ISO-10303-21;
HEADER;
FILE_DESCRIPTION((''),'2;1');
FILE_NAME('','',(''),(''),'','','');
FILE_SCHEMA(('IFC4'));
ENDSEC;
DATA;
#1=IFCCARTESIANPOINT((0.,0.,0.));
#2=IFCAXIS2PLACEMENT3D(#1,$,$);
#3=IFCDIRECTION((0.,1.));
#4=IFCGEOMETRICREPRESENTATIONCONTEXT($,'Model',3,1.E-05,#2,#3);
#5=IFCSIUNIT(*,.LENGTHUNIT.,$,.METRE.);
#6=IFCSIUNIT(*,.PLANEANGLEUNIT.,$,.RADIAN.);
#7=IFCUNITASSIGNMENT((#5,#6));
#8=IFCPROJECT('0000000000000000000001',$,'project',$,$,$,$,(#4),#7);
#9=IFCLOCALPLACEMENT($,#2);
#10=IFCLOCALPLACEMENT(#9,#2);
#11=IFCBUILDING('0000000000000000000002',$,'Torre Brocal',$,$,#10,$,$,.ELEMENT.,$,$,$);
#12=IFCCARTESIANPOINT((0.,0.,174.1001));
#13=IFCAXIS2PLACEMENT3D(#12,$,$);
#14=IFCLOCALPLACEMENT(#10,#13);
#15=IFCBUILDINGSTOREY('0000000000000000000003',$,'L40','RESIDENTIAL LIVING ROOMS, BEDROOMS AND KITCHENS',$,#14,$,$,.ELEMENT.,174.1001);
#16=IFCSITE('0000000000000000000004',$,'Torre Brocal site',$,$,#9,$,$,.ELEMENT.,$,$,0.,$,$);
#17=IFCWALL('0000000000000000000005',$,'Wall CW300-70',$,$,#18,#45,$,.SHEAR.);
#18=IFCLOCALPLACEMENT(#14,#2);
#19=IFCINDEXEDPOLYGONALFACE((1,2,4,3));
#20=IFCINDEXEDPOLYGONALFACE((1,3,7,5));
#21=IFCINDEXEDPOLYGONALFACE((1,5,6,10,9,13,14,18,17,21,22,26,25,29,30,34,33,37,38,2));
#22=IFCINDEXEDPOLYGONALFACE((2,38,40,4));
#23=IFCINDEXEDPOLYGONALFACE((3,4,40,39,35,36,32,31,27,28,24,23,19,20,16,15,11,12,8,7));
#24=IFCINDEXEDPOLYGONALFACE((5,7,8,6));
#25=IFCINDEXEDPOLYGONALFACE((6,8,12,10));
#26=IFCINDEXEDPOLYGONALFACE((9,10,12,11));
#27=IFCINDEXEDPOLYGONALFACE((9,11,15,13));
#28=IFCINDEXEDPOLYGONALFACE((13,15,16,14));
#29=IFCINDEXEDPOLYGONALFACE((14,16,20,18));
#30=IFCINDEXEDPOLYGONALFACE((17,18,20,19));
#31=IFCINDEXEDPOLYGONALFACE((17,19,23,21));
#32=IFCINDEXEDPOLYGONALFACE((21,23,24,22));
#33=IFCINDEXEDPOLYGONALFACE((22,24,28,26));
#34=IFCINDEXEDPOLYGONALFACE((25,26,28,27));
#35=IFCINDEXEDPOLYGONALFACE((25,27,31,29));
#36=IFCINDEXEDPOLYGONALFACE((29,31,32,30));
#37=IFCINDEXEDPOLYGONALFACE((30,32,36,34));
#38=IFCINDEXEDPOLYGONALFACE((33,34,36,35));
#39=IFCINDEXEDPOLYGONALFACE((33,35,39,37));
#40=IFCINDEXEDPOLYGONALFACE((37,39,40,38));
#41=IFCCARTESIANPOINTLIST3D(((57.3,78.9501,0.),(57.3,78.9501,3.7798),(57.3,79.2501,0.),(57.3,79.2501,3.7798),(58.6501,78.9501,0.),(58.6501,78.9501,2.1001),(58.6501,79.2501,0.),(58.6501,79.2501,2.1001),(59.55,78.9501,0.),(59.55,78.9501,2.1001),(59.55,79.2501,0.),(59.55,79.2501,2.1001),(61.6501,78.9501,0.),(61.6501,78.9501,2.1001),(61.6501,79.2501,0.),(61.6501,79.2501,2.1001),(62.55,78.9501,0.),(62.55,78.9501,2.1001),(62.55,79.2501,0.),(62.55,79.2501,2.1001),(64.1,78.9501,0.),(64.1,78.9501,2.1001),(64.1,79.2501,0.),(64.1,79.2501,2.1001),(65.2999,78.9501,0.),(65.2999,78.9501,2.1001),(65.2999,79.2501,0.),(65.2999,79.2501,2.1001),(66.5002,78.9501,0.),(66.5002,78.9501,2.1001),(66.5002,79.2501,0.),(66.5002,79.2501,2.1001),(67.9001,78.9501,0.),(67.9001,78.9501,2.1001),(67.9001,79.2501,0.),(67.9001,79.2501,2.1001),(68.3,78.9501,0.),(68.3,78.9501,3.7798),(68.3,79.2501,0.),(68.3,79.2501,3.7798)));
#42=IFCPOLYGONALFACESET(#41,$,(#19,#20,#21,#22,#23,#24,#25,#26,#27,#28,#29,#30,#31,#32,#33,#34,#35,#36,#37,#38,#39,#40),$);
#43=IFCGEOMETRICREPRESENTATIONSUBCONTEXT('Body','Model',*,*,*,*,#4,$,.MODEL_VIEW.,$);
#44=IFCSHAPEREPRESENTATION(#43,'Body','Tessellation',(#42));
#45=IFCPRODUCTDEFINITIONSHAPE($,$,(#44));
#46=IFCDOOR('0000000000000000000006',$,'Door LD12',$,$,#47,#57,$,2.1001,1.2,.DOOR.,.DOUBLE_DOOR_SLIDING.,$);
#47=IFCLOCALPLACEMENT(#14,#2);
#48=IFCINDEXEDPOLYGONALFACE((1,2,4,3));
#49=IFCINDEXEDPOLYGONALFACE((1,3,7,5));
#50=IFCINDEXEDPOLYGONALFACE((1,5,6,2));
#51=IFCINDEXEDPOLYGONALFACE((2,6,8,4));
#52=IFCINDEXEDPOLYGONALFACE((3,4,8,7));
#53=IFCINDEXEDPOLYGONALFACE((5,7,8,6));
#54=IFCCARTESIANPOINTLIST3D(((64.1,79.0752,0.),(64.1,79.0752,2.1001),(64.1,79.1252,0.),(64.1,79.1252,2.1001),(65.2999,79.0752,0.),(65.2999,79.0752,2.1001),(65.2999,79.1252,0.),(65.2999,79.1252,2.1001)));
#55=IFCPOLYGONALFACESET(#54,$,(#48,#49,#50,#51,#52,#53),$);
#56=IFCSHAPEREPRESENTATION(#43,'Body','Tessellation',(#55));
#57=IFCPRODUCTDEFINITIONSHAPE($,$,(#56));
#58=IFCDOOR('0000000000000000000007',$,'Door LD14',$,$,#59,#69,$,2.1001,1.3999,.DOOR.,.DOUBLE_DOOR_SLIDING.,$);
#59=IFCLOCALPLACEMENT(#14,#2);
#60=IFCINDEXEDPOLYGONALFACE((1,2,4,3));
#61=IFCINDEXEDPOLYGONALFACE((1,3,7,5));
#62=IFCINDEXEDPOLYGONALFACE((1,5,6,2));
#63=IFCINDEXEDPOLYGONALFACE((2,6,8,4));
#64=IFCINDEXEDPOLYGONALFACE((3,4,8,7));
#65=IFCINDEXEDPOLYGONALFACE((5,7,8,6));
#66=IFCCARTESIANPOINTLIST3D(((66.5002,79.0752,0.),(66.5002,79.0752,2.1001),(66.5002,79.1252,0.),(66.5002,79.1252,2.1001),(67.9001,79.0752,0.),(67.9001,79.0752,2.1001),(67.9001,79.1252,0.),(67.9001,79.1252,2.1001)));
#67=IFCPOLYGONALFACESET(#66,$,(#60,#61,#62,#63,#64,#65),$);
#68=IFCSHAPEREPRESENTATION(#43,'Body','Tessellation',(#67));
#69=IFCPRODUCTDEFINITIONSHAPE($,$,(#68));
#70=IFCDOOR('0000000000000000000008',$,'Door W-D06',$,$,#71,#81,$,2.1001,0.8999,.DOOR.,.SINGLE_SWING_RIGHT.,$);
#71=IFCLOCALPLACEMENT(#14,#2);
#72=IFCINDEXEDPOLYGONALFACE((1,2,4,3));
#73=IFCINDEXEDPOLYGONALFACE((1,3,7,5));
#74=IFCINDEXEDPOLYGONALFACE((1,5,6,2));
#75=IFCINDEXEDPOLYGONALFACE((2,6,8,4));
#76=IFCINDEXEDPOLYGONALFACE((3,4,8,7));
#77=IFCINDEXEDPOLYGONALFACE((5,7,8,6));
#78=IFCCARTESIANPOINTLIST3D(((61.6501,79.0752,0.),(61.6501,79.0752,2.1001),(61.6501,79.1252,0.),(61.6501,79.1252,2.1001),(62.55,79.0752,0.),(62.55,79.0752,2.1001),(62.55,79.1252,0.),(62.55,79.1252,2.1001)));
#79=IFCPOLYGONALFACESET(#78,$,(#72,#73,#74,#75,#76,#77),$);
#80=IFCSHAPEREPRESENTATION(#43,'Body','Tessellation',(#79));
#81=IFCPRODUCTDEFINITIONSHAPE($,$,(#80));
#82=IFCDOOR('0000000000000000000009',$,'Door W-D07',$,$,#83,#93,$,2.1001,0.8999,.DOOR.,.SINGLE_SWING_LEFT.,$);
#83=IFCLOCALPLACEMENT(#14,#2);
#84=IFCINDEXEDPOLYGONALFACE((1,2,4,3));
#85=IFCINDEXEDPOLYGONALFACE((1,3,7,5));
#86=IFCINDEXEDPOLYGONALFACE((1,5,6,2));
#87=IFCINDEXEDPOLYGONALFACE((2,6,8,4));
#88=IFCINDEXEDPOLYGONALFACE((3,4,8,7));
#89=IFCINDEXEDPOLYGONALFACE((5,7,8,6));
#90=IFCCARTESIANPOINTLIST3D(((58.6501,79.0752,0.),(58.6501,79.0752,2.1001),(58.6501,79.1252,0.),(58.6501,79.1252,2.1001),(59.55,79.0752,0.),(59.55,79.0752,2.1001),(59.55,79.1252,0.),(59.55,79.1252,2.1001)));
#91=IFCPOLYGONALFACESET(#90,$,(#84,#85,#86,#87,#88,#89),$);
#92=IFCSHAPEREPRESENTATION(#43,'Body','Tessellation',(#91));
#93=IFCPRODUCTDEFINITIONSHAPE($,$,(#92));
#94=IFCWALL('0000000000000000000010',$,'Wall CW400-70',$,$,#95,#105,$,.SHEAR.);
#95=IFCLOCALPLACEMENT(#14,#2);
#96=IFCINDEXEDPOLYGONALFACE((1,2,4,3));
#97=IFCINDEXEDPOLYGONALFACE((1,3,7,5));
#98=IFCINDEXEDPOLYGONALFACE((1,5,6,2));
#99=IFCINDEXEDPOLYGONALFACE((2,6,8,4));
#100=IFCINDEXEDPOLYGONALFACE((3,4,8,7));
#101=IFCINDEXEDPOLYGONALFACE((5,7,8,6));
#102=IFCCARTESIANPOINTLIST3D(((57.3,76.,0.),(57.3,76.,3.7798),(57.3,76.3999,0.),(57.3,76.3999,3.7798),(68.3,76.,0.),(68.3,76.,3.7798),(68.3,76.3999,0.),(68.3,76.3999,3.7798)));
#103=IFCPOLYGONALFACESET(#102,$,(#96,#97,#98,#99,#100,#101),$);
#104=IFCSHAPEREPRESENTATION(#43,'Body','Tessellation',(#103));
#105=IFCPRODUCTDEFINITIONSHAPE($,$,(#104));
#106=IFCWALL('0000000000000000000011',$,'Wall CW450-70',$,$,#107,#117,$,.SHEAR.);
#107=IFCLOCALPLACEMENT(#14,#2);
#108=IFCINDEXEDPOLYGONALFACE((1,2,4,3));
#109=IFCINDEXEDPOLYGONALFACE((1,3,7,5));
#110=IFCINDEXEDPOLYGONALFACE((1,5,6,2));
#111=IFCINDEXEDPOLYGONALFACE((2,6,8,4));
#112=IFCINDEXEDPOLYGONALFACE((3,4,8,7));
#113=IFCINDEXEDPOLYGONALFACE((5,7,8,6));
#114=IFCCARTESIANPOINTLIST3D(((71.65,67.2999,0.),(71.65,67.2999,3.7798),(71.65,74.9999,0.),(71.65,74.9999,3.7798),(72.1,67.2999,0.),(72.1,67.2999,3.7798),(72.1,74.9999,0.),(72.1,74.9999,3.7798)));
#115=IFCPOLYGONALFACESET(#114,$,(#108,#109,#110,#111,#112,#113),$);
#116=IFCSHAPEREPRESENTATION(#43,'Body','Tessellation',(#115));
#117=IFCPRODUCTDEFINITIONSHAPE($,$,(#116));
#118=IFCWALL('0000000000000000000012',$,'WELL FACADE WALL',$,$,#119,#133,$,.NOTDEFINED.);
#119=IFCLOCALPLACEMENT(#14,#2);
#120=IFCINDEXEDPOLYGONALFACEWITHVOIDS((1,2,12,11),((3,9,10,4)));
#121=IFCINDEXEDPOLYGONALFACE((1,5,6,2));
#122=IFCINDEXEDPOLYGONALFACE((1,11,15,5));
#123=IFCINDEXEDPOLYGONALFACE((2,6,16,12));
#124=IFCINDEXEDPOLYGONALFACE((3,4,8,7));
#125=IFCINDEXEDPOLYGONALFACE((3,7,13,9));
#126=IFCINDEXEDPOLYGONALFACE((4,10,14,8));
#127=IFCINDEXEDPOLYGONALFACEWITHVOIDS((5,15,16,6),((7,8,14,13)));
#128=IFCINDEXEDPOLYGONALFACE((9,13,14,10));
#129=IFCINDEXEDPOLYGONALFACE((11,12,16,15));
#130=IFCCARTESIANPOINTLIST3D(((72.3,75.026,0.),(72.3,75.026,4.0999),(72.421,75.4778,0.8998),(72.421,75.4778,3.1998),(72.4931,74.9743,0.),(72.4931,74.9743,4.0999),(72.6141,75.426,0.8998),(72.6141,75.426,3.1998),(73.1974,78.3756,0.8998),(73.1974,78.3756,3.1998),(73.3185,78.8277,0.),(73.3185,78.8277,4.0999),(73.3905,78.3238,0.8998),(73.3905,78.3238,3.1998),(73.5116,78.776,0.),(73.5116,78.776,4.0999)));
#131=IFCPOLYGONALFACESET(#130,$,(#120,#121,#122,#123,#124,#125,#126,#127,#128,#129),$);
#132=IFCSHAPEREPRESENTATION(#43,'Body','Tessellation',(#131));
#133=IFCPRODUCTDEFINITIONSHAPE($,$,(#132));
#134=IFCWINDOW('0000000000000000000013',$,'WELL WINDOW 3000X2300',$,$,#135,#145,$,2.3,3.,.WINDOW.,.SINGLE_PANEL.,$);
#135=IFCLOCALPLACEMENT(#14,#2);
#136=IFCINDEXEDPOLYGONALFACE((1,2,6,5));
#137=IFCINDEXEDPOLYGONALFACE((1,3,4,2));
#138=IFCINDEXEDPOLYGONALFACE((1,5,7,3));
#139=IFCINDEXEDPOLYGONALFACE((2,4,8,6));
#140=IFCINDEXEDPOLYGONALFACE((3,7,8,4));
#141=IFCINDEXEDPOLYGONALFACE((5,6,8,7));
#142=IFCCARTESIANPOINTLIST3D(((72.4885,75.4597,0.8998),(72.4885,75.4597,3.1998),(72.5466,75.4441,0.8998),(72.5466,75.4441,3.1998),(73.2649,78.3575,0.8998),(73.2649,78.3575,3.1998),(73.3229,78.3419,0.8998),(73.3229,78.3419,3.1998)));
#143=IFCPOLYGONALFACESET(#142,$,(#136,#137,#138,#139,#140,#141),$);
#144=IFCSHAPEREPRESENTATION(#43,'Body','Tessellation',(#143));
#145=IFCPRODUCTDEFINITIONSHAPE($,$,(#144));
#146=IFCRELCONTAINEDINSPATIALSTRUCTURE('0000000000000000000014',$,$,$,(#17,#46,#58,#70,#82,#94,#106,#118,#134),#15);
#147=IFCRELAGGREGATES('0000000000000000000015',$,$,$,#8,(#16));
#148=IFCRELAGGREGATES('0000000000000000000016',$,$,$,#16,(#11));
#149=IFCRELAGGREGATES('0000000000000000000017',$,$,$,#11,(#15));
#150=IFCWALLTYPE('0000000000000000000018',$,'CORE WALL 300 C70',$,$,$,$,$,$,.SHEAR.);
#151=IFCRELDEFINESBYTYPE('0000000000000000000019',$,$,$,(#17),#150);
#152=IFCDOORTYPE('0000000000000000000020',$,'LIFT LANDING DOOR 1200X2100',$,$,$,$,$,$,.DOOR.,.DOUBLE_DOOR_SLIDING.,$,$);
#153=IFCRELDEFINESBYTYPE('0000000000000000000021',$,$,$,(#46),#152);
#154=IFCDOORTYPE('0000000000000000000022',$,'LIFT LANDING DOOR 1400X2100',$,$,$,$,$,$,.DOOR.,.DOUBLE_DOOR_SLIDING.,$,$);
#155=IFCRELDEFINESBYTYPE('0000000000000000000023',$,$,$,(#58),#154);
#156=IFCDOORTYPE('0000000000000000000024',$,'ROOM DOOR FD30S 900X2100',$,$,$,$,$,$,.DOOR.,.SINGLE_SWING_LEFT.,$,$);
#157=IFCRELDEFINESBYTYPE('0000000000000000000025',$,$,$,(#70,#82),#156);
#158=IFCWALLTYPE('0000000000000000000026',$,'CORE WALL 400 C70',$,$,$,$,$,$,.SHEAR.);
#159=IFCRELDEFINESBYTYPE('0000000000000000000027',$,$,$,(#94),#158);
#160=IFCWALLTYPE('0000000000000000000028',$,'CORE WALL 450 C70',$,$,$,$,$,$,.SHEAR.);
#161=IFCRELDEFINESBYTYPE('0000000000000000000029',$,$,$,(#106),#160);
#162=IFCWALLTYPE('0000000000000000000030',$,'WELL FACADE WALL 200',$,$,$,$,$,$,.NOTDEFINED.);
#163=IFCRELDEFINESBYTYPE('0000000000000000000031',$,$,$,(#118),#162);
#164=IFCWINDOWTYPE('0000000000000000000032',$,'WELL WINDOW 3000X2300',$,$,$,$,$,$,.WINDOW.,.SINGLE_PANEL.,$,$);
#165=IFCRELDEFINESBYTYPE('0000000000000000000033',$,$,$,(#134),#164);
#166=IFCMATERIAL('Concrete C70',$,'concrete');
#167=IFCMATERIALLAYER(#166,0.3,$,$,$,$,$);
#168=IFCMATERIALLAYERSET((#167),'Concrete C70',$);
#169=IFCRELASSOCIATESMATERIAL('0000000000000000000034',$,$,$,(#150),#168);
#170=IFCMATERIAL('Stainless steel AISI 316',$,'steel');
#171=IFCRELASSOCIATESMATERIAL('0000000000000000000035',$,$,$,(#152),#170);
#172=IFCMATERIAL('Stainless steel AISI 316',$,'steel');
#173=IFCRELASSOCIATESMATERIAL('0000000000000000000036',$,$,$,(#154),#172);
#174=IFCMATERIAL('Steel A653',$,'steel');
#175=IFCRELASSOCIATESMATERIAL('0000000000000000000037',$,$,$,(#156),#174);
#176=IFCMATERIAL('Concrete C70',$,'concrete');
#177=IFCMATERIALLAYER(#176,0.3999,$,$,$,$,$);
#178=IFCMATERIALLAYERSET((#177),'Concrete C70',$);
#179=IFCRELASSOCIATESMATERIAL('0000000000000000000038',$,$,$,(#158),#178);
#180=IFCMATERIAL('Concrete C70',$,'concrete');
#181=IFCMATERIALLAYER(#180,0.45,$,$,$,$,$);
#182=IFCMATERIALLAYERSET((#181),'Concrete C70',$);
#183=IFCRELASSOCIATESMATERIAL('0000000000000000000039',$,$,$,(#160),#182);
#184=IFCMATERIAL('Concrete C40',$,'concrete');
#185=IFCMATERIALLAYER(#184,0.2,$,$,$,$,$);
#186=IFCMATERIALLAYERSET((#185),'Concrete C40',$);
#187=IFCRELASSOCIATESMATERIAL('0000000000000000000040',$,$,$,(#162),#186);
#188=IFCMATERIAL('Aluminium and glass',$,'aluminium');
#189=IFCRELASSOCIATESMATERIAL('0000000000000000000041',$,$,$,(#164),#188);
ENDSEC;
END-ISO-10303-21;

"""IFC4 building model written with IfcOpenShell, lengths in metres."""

from ifc_helpers import new_model, si_unit, direction, frame, frame_2d, origin, place, context, subcontext, project, spatial, rectangle, extrude, material, layer, layer_set, type_object, element, fill, save


model = new_model("IFC4")

# Units and contexts
model_context = context("Model", 3, precision=1e-05, world=origin(), true_north=direction((0.0, 1.0)))
body_context = subcontext(model_context, "Body", "Model", "MODEL_VIEW")
ifc_project = project(units=[si_unit("LENGTHUNIT", "METRE"), si_unit("PLANEANGLEUNIT", "RADIAN")], contexts=[model_context])

# Site, building, storey
site_placement = place(None, origin())
site = spatial("IfcSite", under=ifc_project, at=site_placement, Name="Torre Brocal site", CompositionType="ELEMENT", RefElevation=0.0)
building_placement = place(site_placement, origin())
building = spatial("IfcBuilding", under=site, at=building_placement, Name="Torre Brocal", CompositionType="ELEMENT")
storey_placement = place(building_placement, frame((0.0, 0.0, 174.1001)))
storey = spatial("IfcBuildingStorey", under=building, at=storey_placement, Name="L40", Description="RESIDENTIAL LIVING ROOMS, BEDROOMS AND KITCHENS", CompositionType="ELEMENT", Elevation=174.1001)

# Shared definitions
ifc_material_1 = material(Name="Concrete C70", Category="concrete")
ifc_layer_1 = layer(ifc_material_1, 0.3)
ifc_layer_set_1 = layer_set([ifc_layer_1], Name="Concrete C70")
wall_type_1 = type_object("IfcWallType", Name="CORE WALL 300 C70", PredefinedType="SHEAR", material=ifc_layer_set_1)

# Wall, openings, doors
wall_1_placement = place(storey_placement, frame((68.3, 79.1001, 0.0), z_axis=(0.0, 0.0, 1.0), x_axis=(-1.0, 0.0, 0.0)))
wall_1 = element("IfcWall", 1, at=wall_1_placement, inside=storey, type_object=wall_type_1, Name="Wall CW300-70", PredefinedType="SHEAR", context=body_context, shape_type="SweptSolid", body=[
    extrude(rectangle(XDim=11.0, YDim=0.3, at=frame_2d((5.5, 0.0))), origin(), (0.0, 0.0, 1.0), 3.7798),
])
opening_1_placement = place(wall_1_placement, frame((0.3999, 0.0, 0.0)))
opening_1 = element("IfcOpeningElement", 2, at=opening_1_placement, cuts=wall_1, PredefinedType="OPENING", context=body_context, shape_type="SweptSolid", body=[
    extrude(rectangle(XDim=1.3999, YDim=2.1001, at=frame_2d((0.7, 1.05))), frame((0.0, 0.1599, 0.0), z_axis=(0.0, -1.0, 0.0), x_axis=(1.0, 0.0, 0.0)), (0.0, 0.0, 1.0), 0.3201),
])
opening_2_placement = place(wall_1_placement, frame((3.0, 0.0, 0.0)))
opening_2 = element("IfcOpeningElement", 3, at=opening_2_placement, cuts=wall_1, PredefinedType="OPENING", context=body_context, shape_type="SweptSolid", body=[
    extrude(rectangle(XDim=1.2, YDim=2.1001, at=frame_2d((0.6001, 1.05))), frame((0.0, 0.1599, 0.0), z_axis=(0.0, -1.0, 0.0), x_axis=(1.0, 0.0, 0.0)), (0.0, 0.0, 1.0), 0.3201),
])
opening_3_placement = place(wall_1_placement, frame((5.75, 0.0, 0.0)))
opening_3 = element("IfcOpeningElement", 4, at=opening_3_placement, cuts=wall_1, PredefinedType="OPENING", context=body_context, shape_type="SweptSolid", body=[
    extrude(rectangle(XDim=0.8999, YDim=2.1001, at=frame_2d((0.45, 1.05))), frame((0.0, 0.1599, 0.0), z_axis=(0.0, -1.0, 0.0), x_axis=(1.0, 0.0, 0.0)), (0.0, 0.0, 1.0), 0.3201),
])
opening_4_placement = place(wall_1_placement, frame((8.75, 0.0, 0.0)))
opening_4 = element("IfcOpeningElement", 5, at=opening_4_placement, cuts=wall_1, PredefinedType="OPENING", context=body_context, shape_type="SweptSolid", body=[
    extrude(rectangle(XDim=0.8999, YDim=2.1001, at=frame_2d((0.45, 1.05))), frame((0.0, 0.1599, 0.0), z_axis=(0.0, -1.0, 0.0), x_axis=(1.0, 0.0, 0.0)), (0.0, 0.0, 1.0), 0.3201),
])
ifc_material_2 = material(Name="Stainless steel AISI 316", Category="steel")
door_type_1 = type_object("IfcDoorType", Name="LIFT LANDING DOOR 1200X2100", OperationType="DOUBLE_DOOR_SLIDING", PredefinedType="DOOR", material=ifc_material_2)
door_1_placement = place(opening_2_placement, origin())
door_1 = element("IfcDoor", 6, at=door_1_placement, inside=storey, type_object=door_type_1, Name="Door LD12", OperationType="DOUBLE_DOOR_SLIDING", OverallHeight=2.1001, OverallWidth=1.2, PredefinedType="DOOR", context=body_context, shape_type="SweptSolid", body=[
    extrude(rectangle(XDim=1.2, YDim=2.1001, at=frame_2d((0.6001, 1.05))), frame((0.0, 0.0249, 0.0), z_axis=(0.0, -1.0, 0.0), x_axis=(1.0, 0.0, 0.0)), (0.0, 0.0, 1.0), 0.05),
])
fill(opening_2, door_1)
ifc_material_3 = material(Name="Stainless steel AISI 316", Category="steel")
door_type_2 = type_object("IfcDoorType", Name="LIFT LANDING DOOR 1400X2100", OperationType="DOUBLE_DOOR_SLIDING", PredefinedType="DOOR", material=ifc_material_3)
door_2_placement = place(opening_1_placement, origin())
door_2 = element("IfcDoor", 7, at=door_2_placement, inside=storey, type_object=door_type_2, Name="Door LD14", OperationType="DOUBLE_DOOR_SLIDING", OverallHeight=2.1001, OverallWidth=1.3999, PredefinedType="DOOR", context=body_context, shape_type="SweptSolid", body=[
    extrude(rectangle(XDim=1.3999, YDim=2.1001, at=frame_2d((0.7, 1.05))), frame((0.0, 0.0249, 0.0), z_axis=(0.0, -1.0, 0.0), x_axis=(1.0, 0.0, 0.0)), (0.0, 0.0, 1.0), 0.05),
])
fill(opening_1, door_2)
ifc_material_4 = material(Name="Steel A653", Category="steel")
door_type_3 = type_object("IfcDoorType", Name="ROOM DOOR FD30S 900X2100", OperationType="SINGLE_SWING_LEFT", PredefinedType="DOOR", material=ifc_material_4)
door_3_placement = place(opening_3_placement, origin())
door_3 = element("IfcDoor", 8, at=door_3_placement, inside=storey, type_object=door_type_3, Name="Door W-D06", OperationType="SINGLE_SWING_RIGHT", OverallHeight=2.1001, OverallWidth=0.8999, PredefinedType="DOOR", context=body_context, shape_type="SweptSolid", body=[
    extrude(rectangle(XDim=0.8999, YDim=2.1001, at=frame_2d((0.45, 1.05))), frame((0.0, 0.0249, 0.0), z_axis=(0.0, -1.0, 0.0), x_axis=(1.0, 0.0, 0.0)), (0.0, 0.0, 1.0), 0.05),
])
fill(opening_3, door_3)
door_4_placement = place(opening_4_placement, origin())
door_4 = element("IfcDoor", 9, at=door_4_placement, inside=storey, type_object=door_type_3, Name="Door W-D07", OperationType="SINGLE_SWING_LEFT", OverallHeight=2.1001, OverallWidth=0.8999, PredefinedType="DOOR", context=body_context, shape_type="SweptSolid", body=[
    extrude(rectangle(XDim=0.8999, YDim=2.1001, at=frame_2d((0.45, 1.05))), frame((0.0, 0.0249, 0.0), z_axis=(0.0, -1.0, 0.0), x_axis=(1.0, 0.0, 0.0)), (0.0, 0.0, 1.0), 0.05),
])
fill(opening_4, door_4)

# Walls
ifc_material_5 = material(Name="Concrete C70", Category="concrete")
ifc_layer_2 = layer(ifc_material_5, 0.3999)
ifc_layer_set_2 = layer_set([ifc_layer_2], Name="Concrete C70")
wall_type_2 = type_object("IfcWallType", Name="CORE WALL 400 C70", PredefinedType="SHEAR", material=ifc_layer_set_2)
wall_2_placement = place(storey_placement, frame((68.3, 76.2, 0.0), z_axis=(0.0, 0.0, 1.0), x_axis=(-1.0, 0.0, 0.0)))
element("IfcWall", 10, at=wall_2_placement, inside=storey, type_object=wall_type_2, Name="Wall CW400-70", PredefinedType="SHEAR", context=body_context, shape_type="SweptSolid", body=[
    extrude(rectangle(XDim=11.0, YDim=0.3999, at=frame_2d((5.5, 0.0))), origin(), (0.0, 0.0, 1.0), 3.7798),
])
ifc_material_6 = material(Name="Concrete C70", Category="concrete")
ifc_layer_3 = layer(ifc_material_6, 0.45)
ifc_layer_set_3 = layer_set([ifc_layer_3], Name="Concrete C70")
wall_type_3 = type_object("IfcWallType", Name="CORE WALL 450 C70", PredefinedType="SHEAR", material=ifc_layer_set_3)
wall_3_placement = place(storey_placement, frame((71.875, 75.0, 0.0), z_axis=(0.0, 0.0, 1.0), x_axis=(0.0, -1.0, 0.0)))
element("IfcWall", 11, at=wall_3_placement, inside=storey, type_object=wall_type_3, Name="Wall CW450-70", PredefinedType="SHEAR", context=body_context, shape_type="SweptSolid", body=[
    extrude(rectangle(XDim=7.7, YDim=0.45, at=frame_2d((3.8501, 0.0))), origin(), (0.0, 0.0, 1.0), 3.7798),
])

# Wall, opening, window
ifc_material_7 = material(Name="Concrete C40", Category="concrete")
ifc_layer_4 = layer(ifc_material_7, 0.2)
ifc_layer_set_4 = layer_set([ifc_layer_4], Name="Concrete C40")
wall_type_4 = type_object("IfcWallType", Name="WELL FACADE WALL 200", PredefinedType="NOTDEFINED", material=ifc_layer_set_4)
wall_4_placement = place(storey_placement, frame((73.415, 78.8018, 0.0), z_axis=(0.0, 0.0, 1.0), x_axis=(-0.25879, -0.965934, 0.0)))
wall_4 = element("IfcWall", 12, at=wall_4_placement, inside=storey, type_object=wall_type_4, Name="WELL FACADE WALL", PredefinedType="NOTDEFINED", context=body_context, shape_type="SweptSolid", body=[
    extrude(rectangle(XDim=3.9358, YDim=0.2, at=frame_2d((1.9678, 0.0))), origin(), (0.0, 0.0, 1.0), 4.0999),
])
opening_5_placement = place(wall_4_placement, frame((0.468, 0.0, 0.8999)))
opening_5 = element("IfcOpeningElement", 13, at=opening_5_placement, cuts=wall_4, PredefinedType="OPENING", context=body_context, shape_type="SweptSolid", body=[
    extrude(rectangle(XDim=3.0, YDim=2.3, at=frame_2d((1.5, 1.1499))), frame((0.0, 0.1099, 0.0), z_axis=(0.0, -1.0, 0.0), x_axis=(1.0, 0.0, 0.0)), (0.0, 0.0, 1.0), 0.22),
])
ifc_material_8 = material(Name="Aluminium and glass", Category="aluminium")
window_type = type_object("IfcWindowType", Name="WELL WINDOW 3000X2300", PartitioningType="SINGLE_PANEL", PredefinedType="WINDOW", material=ifc_material_8)
window_1_placement = place(opening_5_placement, origin())
window_1 = element("IfcWindow", 14, at=window_1_placement, inside=storey, type_object=window_type, Name="WELL WINDOW 3000X2300", OverallHeight=2.3, OverallWidth=3.0, PartitioningType="SINGLE_PANEL", PredefinedType="WINDOW", context=body_context, shape_type="SweptSolid", body=[
    extrude(rectangle(XDim=3.0, YDim=2.3, at=frame_2d((1.5, 1.1499))), frame((0.0, 0.03, 0.0), z_axis=(0.0, -1.0, 0.0), x_axis=(1.0, 0.0, 0.0)), (0.0, 0.0, 1.0), 0.0601),
])
fill(opening_5, window_1)

save(model, "model.ifc")
